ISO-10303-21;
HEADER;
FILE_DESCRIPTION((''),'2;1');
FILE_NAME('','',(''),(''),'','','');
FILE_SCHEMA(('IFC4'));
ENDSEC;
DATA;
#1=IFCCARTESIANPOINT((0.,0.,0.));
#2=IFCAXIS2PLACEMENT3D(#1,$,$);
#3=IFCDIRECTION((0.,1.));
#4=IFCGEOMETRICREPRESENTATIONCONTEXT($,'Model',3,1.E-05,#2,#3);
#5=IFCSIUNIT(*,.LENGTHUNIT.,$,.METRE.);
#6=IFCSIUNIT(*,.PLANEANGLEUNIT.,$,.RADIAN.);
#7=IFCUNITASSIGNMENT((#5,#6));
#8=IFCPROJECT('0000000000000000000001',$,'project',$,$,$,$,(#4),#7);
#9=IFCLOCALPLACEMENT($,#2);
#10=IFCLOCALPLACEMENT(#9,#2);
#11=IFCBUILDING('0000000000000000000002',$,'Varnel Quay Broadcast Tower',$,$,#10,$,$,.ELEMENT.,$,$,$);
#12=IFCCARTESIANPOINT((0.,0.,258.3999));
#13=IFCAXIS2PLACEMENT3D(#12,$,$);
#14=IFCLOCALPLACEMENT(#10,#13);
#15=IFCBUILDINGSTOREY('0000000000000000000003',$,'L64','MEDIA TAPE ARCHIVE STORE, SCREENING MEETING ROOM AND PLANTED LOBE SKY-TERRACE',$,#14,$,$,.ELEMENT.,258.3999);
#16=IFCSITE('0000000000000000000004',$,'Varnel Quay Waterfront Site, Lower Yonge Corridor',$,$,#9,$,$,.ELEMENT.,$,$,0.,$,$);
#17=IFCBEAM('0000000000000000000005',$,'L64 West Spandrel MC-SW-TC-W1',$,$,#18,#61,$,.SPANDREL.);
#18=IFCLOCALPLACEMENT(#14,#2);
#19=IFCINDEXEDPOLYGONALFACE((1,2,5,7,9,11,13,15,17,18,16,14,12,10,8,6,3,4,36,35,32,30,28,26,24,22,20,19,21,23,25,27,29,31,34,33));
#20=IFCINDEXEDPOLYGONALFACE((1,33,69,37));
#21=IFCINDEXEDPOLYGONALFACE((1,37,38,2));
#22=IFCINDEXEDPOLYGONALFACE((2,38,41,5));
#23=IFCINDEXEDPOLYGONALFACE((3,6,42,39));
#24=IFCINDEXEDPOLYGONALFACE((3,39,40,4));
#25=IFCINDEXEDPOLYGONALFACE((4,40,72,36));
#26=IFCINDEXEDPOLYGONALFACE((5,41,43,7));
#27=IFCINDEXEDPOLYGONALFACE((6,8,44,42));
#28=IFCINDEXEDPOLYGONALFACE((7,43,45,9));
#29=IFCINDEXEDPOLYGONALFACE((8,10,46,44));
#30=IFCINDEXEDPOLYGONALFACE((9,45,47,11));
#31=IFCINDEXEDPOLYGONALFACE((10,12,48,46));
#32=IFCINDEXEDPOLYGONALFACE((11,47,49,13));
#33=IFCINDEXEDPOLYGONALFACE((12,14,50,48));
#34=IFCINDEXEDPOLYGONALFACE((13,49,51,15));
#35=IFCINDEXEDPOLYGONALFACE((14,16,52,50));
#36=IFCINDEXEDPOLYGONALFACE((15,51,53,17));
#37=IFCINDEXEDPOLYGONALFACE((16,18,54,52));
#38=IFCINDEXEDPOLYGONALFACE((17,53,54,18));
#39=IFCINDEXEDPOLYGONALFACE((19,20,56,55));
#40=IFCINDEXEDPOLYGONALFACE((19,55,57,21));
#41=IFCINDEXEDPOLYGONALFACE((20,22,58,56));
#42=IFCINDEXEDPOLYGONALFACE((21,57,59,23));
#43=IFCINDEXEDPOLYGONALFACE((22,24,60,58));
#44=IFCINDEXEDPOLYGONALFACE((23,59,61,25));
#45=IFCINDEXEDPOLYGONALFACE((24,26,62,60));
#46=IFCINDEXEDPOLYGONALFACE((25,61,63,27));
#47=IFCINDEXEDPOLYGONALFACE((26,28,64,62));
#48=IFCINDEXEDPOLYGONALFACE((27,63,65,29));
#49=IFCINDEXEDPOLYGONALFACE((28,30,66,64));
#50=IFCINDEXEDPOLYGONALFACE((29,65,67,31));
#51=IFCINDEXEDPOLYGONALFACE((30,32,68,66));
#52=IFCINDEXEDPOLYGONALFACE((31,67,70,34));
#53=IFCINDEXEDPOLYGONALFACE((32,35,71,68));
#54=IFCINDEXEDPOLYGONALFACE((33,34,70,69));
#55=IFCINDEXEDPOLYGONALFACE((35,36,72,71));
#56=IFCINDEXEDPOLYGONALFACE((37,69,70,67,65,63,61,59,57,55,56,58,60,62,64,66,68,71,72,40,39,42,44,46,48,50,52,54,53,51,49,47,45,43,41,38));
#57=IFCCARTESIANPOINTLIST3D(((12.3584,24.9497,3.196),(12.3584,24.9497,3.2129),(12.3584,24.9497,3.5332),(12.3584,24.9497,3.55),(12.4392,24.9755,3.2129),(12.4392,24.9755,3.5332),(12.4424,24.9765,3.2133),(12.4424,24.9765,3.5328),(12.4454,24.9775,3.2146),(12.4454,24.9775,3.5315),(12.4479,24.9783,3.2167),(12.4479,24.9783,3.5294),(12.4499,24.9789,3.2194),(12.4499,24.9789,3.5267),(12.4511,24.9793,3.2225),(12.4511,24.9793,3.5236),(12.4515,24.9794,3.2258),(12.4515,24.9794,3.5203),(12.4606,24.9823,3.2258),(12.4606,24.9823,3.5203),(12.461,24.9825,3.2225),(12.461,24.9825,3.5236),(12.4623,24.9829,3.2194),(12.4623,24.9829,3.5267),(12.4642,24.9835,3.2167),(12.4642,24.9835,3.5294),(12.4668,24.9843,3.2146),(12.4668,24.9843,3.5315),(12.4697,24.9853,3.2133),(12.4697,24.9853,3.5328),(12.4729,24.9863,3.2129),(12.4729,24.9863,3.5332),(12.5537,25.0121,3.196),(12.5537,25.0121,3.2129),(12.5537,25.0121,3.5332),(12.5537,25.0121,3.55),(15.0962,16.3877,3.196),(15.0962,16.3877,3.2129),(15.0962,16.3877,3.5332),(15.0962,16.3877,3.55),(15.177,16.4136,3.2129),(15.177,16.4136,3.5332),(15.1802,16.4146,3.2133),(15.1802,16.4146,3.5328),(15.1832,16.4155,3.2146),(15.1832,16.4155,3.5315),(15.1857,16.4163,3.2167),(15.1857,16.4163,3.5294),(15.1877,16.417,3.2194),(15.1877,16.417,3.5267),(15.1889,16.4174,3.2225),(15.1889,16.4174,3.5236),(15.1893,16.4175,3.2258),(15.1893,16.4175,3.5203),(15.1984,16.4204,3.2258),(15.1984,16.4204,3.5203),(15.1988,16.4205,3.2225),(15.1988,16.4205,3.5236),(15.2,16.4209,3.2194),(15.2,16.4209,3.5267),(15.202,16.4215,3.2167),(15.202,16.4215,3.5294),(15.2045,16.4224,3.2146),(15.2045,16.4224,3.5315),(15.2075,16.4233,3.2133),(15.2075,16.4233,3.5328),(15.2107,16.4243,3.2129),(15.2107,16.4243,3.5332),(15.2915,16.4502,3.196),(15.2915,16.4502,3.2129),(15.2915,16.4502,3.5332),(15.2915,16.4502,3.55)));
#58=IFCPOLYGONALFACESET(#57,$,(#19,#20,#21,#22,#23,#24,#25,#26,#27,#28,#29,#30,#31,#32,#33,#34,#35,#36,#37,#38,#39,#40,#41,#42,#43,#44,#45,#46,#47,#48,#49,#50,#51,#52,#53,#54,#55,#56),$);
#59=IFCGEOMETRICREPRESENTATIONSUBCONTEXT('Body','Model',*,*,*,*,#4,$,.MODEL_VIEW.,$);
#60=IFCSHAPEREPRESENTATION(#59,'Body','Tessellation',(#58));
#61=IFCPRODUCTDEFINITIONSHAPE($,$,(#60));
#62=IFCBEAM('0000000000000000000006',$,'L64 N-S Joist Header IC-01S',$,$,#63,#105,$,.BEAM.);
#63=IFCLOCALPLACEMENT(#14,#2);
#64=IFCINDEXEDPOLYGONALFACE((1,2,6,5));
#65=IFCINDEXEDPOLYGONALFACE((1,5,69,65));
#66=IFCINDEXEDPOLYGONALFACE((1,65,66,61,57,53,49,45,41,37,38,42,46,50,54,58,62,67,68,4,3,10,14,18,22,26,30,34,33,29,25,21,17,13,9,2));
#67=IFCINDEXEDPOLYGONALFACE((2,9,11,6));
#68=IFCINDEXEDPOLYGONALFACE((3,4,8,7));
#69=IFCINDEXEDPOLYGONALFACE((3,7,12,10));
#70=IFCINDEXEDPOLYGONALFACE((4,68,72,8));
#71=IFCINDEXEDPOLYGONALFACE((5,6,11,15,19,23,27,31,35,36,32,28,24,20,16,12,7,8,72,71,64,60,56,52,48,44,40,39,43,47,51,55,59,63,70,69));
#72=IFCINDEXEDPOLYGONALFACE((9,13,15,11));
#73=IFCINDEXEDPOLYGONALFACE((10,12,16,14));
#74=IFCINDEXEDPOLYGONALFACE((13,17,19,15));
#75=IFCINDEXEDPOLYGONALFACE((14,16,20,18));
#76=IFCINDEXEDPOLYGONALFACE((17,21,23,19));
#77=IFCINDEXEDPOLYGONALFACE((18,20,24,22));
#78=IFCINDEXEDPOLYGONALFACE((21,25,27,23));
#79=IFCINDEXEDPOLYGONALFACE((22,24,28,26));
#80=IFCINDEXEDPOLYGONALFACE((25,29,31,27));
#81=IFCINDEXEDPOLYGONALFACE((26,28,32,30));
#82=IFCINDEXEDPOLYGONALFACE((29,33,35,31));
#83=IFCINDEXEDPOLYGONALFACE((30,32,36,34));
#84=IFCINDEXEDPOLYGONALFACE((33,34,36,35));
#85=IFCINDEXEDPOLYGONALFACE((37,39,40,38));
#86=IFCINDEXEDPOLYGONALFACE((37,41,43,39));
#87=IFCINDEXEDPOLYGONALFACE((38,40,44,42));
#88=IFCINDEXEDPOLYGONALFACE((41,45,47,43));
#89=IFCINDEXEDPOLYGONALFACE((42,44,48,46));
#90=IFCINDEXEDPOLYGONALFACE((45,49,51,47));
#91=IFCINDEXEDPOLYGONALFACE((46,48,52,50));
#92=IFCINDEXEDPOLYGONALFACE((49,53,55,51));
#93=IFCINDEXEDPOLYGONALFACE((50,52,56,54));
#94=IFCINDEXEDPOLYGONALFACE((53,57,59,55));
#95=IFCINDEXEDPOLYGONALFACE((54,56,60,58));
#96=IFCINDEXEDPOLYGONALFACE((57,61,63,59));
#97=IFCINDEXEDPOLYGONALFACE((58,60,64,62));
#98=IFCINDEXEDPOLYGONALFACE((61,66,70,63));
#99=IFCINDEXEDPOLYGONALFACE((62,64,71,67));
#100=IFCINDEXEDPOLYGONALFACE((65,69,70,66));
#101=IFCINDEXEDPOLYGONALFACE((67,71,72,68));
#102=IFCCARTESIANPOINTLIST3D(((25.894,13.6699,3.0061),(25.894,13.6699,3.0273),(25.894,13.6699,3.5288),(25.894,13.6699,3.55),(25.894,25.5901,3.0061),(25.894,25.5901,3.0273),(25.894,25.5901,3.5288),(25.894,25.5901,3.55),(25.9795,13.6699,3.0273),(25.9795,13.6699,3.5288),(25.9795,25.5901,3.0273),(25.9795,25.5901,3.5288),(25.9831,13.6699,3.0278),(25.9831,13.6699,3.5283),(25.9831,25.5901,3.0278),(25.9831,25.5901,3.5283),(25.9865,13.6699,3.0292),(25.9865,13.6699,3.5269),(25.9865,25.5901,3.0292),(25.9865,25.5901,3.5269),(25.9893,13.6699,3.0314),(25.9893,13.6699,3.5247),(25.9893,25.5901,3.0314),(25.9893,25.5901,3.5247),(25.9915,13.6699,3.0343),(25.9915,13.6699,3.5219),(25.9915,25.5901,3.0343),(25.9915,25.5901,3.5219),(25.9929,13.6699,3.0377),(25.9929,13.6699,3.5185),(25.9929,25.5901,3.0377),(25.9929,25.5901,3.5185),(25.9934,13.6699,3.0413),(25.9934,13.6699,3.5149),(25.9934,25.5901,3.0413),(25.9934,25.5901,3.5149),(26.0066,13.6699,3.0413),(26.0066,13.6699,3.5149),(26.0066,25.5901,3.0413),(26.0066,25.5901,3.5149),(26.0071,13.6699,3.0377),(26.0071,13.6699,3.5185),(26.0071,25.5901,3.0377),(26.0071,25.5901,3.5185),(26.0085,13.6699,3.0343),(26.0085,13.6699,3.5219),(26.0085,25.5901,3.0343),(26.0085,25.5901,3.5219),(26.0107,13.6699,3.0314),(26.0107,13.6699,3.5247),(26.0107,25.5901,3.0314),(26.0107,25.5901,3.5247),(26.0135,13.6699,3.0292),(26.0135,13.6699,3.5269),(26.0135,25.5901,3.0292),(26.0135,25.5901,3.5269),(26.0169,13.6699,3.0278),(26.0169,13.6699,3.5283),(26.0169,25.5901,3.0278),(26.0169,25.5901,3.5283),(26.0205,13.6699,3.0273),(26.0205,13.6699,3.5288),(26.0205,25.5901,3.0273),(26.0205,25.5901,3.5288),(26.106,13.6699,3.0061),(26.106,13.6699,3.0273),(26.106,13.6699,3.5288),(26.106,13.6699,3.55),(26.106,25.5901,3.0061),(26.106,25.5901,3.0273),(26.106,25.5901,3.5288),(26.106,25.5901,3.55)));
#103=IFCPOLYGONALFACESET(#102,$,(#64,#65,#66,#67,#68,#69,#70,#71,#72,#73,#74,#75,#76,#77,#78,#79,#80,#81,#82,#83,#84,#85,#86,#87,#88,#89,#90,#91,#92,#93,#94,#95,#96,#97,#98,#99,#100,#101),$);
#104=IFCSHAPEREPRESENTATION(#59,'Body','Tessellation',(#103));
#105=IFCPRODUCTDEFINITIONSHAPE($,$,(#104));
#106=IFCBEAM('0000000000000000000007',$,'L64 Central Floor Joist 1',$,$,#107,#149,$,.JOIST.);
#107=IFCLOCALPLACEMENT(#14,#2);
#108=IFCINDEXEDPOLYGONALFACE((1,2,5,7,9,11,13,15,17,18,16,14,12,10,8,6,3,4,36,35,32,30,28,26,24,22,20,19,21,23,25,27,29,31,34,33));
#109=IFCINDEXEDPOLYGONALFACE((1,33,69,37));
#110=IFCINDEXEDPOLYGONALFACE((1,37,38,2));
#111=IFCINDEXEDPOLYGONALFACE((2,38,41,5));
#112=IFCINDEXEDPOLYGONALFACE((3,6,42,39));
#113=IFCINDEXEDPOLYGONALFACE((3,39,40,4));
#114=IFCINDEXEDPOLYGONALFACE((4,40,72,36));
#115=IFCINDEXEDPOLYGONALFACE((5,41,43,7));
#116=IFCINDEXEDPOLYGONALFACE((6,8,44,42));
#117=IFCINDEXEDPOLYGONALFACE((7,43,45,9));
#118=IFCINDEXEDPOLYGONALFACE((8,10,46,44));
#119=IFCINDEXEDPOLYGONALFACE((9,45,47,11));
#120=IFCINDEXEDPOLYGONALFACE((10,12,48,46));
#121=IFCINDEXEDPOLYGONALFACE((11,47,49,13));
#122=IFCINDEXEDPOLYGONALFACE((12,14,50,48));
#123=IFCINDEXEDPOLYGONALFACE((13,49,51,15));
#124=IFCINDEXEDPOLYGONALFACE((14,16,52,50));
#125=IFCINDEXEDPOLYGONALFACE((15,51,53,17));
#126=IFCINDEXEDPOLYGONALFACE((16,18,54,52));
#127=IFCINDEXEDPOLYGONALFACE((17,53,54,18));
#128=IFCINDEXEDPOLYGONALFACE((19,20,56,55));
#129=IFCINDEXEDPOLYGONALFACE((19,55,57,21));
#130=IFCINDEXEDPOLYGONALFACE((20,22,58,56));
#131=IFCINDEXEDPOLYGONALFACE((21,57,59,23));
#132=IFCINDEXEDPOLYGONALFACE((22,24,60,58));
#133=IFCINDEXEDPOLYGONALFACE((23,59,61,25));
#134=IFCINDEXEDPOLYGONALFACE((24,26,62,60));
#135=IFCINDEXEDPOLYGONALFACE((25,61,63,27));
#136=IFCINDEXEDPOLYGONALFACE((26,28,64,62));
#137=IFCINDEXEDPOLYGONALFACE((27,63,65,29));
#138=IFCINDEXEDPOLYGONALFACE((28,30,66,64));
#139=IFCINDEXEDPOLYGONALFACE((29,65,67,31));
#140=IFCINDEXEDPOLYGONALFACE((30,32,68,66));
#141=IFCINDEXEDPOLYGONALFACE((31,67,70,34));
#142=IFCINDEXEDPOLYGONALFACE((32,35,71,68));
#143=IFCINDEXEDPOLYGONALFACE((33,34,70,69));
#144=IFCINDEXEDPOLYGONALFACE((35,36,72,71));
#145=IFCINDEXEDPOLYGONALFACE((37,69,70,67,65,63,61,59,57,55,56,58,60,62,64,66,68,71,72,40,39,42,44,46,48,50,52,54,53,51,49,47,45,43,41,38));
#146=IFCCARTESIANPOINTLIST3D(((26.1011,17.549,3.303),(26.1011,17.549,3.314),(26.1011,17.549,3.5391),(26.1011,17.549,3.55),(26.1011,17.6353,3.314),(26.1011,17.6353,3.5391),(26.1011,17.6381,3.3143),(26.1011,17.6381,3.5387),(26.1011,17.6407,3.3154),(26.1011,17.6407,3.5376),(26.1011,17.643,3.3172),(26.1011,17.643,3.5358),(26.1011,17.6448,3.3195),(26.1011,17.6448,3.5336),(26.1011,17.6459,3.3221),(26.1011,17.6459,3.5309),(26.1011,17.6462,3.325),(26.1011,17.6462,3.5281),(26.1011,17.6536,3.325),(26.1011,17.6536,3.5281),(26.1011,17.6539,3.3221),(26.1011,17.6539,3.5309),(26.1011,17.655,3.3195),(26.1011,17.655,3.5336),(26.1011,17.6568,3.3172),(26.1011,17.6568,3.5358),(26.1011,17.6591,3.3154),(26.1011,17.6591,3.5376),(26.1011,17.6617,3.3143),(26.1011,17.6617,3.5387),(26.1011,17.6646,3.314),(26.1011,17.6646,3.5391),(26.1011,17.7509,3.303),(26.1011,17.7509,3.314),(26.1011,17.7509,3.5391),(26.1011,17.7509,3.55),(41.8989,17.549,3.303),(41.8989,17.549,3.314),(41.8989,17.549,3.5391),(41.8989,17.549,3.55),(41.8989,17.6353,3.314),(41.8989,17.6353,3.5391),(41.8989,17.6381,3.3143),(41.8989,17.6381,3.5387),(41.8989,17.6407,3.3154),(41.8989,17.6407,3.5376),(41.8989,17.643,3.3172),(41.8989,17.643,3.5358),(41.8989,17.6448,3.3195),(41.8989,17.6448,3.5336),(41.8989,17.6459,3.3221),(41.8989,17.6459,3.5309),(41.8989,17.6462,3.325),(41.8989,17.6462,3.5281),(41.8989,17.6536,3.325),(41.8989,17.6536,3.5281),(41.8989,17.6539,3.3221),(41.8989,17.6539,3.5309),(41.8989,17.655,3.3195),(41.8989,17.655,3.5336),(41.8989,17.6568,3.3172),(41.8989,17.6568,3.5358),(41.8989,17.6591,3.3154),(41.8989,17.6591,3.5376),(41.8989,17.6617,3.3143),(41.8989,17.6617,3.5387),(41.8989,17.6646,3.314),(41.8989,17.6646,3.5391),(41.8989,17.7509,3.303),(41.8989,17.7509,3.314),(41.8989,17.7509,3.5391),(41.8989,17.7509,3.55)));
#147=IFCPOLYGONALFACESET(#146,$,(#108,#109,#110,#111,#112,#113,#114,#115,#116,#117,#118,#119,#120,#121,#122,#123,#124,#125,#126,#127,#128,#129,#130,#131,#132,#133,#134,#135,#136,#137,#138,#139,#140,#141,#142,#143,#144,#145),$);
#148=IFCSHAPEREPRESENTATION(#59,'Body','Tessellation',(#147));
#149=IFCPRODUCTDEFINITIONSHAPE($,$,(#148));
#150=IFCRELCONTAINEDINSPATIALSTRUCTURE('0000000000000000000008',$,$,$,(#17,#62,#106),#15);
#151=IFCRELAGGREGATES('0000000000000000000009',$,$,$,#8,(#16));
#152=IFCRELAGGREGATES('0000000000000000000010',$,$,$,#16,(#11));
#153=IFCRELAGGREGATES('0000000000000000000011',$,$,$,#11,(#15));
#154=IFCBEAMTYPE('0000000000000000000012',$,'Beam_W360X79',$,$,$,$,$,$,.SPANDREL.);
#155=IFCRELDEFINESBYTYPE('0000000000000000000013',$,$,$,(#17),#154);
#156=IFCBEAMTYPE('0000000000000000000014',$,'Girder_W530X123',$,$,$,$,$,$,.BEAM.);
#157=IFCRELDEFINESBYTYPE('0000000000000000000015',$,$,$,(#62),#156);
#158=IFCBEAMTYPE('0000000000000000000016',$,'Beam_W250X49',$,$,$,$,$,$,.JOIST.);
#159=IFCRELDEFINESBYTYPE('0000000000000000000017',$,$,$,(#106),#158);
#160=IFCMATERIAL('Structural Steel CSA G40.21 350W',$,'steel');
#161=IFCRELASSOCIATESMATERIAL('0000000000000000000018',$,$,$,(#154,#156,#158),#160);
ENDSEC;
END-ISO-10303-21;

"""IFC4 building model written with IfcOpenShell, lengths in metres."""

from ifc_helpers import new_model, si_unit, direction, frame, origin, origin_2d, place, context, subcontext, project, spatial, i_section, extrude, source, transform, mapped, material, material_profile, profile_set, type_object, type_shapes, element, save


model = new_model("IFC4")

# Units and contexts
model_context = context("Model", 3, precision=1e-05, world=origin(), true_north=direction((0.0, 1.0)))
body_context = subcontext(model_context, "Body", "Model", "MODEL_VIEW")
ifc_project = project(units=[si_unit("LENGTHUNIT", "METRE"), si_unit("PLANEANGLEUNIT", "RADIAN")], contexts=[model_context])

# Site, building, storey
site_placement = place(None, origin())
site = spatial("IfcSite", under=ifc_project, at=site_placement, Name="Varnel Quay Waterfront Site, Lower Yonge Corridor", CompositionType="ELEMENT", RefElevation=0.0)
building_placement = place(site_placement, origin())
building = spatial("IfcBuilding", under=site, at=building_placement, Name="Varnel Quay Broadcast Tower", CompositionType="ELEMENT")
storey_placement = place(building_placement, frame((0.0, 0.0, 258.3999)))
storey = spatial("IfcBuildingStorey", under=building, at=storey_placement, Name="L64", Description="MEDIA TAPE ARCHIVE STORE, SCREENING MEETING ROOM AND PLANTED LOBE SKY-TERRACE", CompositionType="ELEMENT", Elevation=258.3999)

# Shared definitions
ifc_material_1 = material(Name="Structural Steel CSA G40.21 350W", Category="steel")

# Beams
ifc_material_profile_1 = material_profile(ifc_material_1, i_section(OverallWidth=0.2051, OverallDepth=0.354, WebThickness=0.0095, FlangeThickness=0.0168, FilletRadius=0.0129, at=origin_2d()), Name="W360X79")
ifc_profile_set_1 = profile_set([ifc_material_profile_1], Name="Structural Steel CSA G40.21 350W")
beam_type_1 = type_object("IfcBeamType", Name="Beam_W360X79", PredefinedType="SPANDREL", material=ifc_profile_set_1)
shared_shape_1 = source(origin(), body_context, "Body", "SweptSolid", [
    extrude(i_section(OverallWidth=0.2051, OverallDepth=0.354, WebThickness=0.0095, FlangeThickness=0.0168, FilletRadius=0.0129, at=origin_2d()), origin(), (0.0, 0.0, 1.0), 8.989),
])
beam_1_placement = place(storey_placement, frame((15.1938, 16.4189, 3.373), z_axis=(-0.304569, 0.95249, 0.0), x_axis=(-0.95249, -0.304569, 0.0)))
element("IfcBeam", 1, at=beam_1_placement, inside=storey, type_object=beam_type_1, Name="L64 West Spandrel MC-SW-TC-W1", PredefinedType="SPANDREL", context=body_context, shape_type="MappedRepresentation", body=[
    mapped(shared_shape_1, transform((0.0, 0.0, 0.0), x_axis=(1.0, 0.0, 0.0), y_axis=(0.0, 1.0, 0.0), z_axis=(0.0, 0.0, 1.0), scale=1.0)),
])
ifc_material_profile_2 = material_profile(ifc_material_1, i_section(OverallWidth=0.2119, OverallDepth=0.5439, WebThickness=0.0132, FlangeThickness=0.0212, FilletRadius=0.0139, at=origin_2d()), Name="W530X123")
ifc_profile_set_2 = profile_set([ifc_material_profile_2], Name="Structural Steel CSA G40.21 350W")
beam_type_2 = type_object("IfcBeamType", Name="Girder_W530X123", PredefinedType="BEAM", material=ifc_profile_set_2)
shared_shape_2 = source(origin(), body_context, "Body", "SweptSolid", [
    extrude(i_section(OverallWidth=0.2119, OverallDepth=0.5439, WebThickness=0.0132, FlangeThickness=0.0212, FilletRadius=0.0139, at=origin_2d()), origin(), (0.0, 0.0, 1.0), 11.9202),
])
type_shapes(beam_type_2, [shared_shape_2])
beam_2_placement = place(storey_placement, frame((26.0, 13.6699, 3.2781), z_axis=(0.0, 1.0, 0.0), x_axis=(-1.0, 0.0, 0.0)))
element("IfcBeam", 2, at=beam_2_placement, inside=storey, type_object=beam_type_2, Name="L64 N-S Joist Header IC-01S", PredefinedType="BEAM", context=body_context, shape_type="MappedRepresentation", body=[
    mapped(shared_shape_2, transform((0.0, 0.0, 0.0), x_axis=(1.0, 0.0, 0.0), y_axis=(0.0, 1.0, 0.0), z_axis=(0.0, 0.0, 1.0), scale=1.0)),
])
ifc_material_profile_3 = material_profile(ifc_material_1, i_section(OverallWidth=0.2019, OverallDepth=0.2471, WebThickness=0.0073, FlangeThickness=0.011, FilletRadius=0.011, at=origin_2d()), Name="W250X49")
ifc_profile_set_3 = profile_set([ifc_material_profile_3], Name="Structural Steel CSA G40.21 350W")
beam_type_3 = type_object("IfcBeamType", Name="Beam_W250X49", PredefinedType="JOIST", material=ifc_profile_set_3)
shared_shape_3 = source(origin(), body_context, "Body", "SweptSolid", [
    extrude(i_section(OverallWidth=0.2019, OverallDepth=0.2471, WebThickness=0.0073, FlangeThickness=0.011, FilletRadius=0.011, at=origin_2d()), origin(), (0.0, 0.0, 1.0), 15.7979),
])
type_shapes(beam_type_3, [shared_shape_3])
beam_3_placement = place(storey_placement, frame((26.1011, 17.6499, 3.4265), z_axis=(1.0, 0.0, 0.0), x_axis=(0.0, 1.0, 0.0)))
element("IfcBeam", 3, at=beam_3_placement, inside=storey, type_object=beam_type_3, Name="L64 Central Floor Joist 1", PredefinedType="JOIST", context=body_context, shape_type="MappedRepresentation", body=[
    mapped(shared_shape_3, transform((0.0, 0.0, 0.0), x_axis=(1.0, 0.0, 0.0), y_axis=(0.0, 1.0, 0.0), z_axis=(0.0, 0.0, 1.0), scale=1.0)),
])

save(model, "model.ifc")
